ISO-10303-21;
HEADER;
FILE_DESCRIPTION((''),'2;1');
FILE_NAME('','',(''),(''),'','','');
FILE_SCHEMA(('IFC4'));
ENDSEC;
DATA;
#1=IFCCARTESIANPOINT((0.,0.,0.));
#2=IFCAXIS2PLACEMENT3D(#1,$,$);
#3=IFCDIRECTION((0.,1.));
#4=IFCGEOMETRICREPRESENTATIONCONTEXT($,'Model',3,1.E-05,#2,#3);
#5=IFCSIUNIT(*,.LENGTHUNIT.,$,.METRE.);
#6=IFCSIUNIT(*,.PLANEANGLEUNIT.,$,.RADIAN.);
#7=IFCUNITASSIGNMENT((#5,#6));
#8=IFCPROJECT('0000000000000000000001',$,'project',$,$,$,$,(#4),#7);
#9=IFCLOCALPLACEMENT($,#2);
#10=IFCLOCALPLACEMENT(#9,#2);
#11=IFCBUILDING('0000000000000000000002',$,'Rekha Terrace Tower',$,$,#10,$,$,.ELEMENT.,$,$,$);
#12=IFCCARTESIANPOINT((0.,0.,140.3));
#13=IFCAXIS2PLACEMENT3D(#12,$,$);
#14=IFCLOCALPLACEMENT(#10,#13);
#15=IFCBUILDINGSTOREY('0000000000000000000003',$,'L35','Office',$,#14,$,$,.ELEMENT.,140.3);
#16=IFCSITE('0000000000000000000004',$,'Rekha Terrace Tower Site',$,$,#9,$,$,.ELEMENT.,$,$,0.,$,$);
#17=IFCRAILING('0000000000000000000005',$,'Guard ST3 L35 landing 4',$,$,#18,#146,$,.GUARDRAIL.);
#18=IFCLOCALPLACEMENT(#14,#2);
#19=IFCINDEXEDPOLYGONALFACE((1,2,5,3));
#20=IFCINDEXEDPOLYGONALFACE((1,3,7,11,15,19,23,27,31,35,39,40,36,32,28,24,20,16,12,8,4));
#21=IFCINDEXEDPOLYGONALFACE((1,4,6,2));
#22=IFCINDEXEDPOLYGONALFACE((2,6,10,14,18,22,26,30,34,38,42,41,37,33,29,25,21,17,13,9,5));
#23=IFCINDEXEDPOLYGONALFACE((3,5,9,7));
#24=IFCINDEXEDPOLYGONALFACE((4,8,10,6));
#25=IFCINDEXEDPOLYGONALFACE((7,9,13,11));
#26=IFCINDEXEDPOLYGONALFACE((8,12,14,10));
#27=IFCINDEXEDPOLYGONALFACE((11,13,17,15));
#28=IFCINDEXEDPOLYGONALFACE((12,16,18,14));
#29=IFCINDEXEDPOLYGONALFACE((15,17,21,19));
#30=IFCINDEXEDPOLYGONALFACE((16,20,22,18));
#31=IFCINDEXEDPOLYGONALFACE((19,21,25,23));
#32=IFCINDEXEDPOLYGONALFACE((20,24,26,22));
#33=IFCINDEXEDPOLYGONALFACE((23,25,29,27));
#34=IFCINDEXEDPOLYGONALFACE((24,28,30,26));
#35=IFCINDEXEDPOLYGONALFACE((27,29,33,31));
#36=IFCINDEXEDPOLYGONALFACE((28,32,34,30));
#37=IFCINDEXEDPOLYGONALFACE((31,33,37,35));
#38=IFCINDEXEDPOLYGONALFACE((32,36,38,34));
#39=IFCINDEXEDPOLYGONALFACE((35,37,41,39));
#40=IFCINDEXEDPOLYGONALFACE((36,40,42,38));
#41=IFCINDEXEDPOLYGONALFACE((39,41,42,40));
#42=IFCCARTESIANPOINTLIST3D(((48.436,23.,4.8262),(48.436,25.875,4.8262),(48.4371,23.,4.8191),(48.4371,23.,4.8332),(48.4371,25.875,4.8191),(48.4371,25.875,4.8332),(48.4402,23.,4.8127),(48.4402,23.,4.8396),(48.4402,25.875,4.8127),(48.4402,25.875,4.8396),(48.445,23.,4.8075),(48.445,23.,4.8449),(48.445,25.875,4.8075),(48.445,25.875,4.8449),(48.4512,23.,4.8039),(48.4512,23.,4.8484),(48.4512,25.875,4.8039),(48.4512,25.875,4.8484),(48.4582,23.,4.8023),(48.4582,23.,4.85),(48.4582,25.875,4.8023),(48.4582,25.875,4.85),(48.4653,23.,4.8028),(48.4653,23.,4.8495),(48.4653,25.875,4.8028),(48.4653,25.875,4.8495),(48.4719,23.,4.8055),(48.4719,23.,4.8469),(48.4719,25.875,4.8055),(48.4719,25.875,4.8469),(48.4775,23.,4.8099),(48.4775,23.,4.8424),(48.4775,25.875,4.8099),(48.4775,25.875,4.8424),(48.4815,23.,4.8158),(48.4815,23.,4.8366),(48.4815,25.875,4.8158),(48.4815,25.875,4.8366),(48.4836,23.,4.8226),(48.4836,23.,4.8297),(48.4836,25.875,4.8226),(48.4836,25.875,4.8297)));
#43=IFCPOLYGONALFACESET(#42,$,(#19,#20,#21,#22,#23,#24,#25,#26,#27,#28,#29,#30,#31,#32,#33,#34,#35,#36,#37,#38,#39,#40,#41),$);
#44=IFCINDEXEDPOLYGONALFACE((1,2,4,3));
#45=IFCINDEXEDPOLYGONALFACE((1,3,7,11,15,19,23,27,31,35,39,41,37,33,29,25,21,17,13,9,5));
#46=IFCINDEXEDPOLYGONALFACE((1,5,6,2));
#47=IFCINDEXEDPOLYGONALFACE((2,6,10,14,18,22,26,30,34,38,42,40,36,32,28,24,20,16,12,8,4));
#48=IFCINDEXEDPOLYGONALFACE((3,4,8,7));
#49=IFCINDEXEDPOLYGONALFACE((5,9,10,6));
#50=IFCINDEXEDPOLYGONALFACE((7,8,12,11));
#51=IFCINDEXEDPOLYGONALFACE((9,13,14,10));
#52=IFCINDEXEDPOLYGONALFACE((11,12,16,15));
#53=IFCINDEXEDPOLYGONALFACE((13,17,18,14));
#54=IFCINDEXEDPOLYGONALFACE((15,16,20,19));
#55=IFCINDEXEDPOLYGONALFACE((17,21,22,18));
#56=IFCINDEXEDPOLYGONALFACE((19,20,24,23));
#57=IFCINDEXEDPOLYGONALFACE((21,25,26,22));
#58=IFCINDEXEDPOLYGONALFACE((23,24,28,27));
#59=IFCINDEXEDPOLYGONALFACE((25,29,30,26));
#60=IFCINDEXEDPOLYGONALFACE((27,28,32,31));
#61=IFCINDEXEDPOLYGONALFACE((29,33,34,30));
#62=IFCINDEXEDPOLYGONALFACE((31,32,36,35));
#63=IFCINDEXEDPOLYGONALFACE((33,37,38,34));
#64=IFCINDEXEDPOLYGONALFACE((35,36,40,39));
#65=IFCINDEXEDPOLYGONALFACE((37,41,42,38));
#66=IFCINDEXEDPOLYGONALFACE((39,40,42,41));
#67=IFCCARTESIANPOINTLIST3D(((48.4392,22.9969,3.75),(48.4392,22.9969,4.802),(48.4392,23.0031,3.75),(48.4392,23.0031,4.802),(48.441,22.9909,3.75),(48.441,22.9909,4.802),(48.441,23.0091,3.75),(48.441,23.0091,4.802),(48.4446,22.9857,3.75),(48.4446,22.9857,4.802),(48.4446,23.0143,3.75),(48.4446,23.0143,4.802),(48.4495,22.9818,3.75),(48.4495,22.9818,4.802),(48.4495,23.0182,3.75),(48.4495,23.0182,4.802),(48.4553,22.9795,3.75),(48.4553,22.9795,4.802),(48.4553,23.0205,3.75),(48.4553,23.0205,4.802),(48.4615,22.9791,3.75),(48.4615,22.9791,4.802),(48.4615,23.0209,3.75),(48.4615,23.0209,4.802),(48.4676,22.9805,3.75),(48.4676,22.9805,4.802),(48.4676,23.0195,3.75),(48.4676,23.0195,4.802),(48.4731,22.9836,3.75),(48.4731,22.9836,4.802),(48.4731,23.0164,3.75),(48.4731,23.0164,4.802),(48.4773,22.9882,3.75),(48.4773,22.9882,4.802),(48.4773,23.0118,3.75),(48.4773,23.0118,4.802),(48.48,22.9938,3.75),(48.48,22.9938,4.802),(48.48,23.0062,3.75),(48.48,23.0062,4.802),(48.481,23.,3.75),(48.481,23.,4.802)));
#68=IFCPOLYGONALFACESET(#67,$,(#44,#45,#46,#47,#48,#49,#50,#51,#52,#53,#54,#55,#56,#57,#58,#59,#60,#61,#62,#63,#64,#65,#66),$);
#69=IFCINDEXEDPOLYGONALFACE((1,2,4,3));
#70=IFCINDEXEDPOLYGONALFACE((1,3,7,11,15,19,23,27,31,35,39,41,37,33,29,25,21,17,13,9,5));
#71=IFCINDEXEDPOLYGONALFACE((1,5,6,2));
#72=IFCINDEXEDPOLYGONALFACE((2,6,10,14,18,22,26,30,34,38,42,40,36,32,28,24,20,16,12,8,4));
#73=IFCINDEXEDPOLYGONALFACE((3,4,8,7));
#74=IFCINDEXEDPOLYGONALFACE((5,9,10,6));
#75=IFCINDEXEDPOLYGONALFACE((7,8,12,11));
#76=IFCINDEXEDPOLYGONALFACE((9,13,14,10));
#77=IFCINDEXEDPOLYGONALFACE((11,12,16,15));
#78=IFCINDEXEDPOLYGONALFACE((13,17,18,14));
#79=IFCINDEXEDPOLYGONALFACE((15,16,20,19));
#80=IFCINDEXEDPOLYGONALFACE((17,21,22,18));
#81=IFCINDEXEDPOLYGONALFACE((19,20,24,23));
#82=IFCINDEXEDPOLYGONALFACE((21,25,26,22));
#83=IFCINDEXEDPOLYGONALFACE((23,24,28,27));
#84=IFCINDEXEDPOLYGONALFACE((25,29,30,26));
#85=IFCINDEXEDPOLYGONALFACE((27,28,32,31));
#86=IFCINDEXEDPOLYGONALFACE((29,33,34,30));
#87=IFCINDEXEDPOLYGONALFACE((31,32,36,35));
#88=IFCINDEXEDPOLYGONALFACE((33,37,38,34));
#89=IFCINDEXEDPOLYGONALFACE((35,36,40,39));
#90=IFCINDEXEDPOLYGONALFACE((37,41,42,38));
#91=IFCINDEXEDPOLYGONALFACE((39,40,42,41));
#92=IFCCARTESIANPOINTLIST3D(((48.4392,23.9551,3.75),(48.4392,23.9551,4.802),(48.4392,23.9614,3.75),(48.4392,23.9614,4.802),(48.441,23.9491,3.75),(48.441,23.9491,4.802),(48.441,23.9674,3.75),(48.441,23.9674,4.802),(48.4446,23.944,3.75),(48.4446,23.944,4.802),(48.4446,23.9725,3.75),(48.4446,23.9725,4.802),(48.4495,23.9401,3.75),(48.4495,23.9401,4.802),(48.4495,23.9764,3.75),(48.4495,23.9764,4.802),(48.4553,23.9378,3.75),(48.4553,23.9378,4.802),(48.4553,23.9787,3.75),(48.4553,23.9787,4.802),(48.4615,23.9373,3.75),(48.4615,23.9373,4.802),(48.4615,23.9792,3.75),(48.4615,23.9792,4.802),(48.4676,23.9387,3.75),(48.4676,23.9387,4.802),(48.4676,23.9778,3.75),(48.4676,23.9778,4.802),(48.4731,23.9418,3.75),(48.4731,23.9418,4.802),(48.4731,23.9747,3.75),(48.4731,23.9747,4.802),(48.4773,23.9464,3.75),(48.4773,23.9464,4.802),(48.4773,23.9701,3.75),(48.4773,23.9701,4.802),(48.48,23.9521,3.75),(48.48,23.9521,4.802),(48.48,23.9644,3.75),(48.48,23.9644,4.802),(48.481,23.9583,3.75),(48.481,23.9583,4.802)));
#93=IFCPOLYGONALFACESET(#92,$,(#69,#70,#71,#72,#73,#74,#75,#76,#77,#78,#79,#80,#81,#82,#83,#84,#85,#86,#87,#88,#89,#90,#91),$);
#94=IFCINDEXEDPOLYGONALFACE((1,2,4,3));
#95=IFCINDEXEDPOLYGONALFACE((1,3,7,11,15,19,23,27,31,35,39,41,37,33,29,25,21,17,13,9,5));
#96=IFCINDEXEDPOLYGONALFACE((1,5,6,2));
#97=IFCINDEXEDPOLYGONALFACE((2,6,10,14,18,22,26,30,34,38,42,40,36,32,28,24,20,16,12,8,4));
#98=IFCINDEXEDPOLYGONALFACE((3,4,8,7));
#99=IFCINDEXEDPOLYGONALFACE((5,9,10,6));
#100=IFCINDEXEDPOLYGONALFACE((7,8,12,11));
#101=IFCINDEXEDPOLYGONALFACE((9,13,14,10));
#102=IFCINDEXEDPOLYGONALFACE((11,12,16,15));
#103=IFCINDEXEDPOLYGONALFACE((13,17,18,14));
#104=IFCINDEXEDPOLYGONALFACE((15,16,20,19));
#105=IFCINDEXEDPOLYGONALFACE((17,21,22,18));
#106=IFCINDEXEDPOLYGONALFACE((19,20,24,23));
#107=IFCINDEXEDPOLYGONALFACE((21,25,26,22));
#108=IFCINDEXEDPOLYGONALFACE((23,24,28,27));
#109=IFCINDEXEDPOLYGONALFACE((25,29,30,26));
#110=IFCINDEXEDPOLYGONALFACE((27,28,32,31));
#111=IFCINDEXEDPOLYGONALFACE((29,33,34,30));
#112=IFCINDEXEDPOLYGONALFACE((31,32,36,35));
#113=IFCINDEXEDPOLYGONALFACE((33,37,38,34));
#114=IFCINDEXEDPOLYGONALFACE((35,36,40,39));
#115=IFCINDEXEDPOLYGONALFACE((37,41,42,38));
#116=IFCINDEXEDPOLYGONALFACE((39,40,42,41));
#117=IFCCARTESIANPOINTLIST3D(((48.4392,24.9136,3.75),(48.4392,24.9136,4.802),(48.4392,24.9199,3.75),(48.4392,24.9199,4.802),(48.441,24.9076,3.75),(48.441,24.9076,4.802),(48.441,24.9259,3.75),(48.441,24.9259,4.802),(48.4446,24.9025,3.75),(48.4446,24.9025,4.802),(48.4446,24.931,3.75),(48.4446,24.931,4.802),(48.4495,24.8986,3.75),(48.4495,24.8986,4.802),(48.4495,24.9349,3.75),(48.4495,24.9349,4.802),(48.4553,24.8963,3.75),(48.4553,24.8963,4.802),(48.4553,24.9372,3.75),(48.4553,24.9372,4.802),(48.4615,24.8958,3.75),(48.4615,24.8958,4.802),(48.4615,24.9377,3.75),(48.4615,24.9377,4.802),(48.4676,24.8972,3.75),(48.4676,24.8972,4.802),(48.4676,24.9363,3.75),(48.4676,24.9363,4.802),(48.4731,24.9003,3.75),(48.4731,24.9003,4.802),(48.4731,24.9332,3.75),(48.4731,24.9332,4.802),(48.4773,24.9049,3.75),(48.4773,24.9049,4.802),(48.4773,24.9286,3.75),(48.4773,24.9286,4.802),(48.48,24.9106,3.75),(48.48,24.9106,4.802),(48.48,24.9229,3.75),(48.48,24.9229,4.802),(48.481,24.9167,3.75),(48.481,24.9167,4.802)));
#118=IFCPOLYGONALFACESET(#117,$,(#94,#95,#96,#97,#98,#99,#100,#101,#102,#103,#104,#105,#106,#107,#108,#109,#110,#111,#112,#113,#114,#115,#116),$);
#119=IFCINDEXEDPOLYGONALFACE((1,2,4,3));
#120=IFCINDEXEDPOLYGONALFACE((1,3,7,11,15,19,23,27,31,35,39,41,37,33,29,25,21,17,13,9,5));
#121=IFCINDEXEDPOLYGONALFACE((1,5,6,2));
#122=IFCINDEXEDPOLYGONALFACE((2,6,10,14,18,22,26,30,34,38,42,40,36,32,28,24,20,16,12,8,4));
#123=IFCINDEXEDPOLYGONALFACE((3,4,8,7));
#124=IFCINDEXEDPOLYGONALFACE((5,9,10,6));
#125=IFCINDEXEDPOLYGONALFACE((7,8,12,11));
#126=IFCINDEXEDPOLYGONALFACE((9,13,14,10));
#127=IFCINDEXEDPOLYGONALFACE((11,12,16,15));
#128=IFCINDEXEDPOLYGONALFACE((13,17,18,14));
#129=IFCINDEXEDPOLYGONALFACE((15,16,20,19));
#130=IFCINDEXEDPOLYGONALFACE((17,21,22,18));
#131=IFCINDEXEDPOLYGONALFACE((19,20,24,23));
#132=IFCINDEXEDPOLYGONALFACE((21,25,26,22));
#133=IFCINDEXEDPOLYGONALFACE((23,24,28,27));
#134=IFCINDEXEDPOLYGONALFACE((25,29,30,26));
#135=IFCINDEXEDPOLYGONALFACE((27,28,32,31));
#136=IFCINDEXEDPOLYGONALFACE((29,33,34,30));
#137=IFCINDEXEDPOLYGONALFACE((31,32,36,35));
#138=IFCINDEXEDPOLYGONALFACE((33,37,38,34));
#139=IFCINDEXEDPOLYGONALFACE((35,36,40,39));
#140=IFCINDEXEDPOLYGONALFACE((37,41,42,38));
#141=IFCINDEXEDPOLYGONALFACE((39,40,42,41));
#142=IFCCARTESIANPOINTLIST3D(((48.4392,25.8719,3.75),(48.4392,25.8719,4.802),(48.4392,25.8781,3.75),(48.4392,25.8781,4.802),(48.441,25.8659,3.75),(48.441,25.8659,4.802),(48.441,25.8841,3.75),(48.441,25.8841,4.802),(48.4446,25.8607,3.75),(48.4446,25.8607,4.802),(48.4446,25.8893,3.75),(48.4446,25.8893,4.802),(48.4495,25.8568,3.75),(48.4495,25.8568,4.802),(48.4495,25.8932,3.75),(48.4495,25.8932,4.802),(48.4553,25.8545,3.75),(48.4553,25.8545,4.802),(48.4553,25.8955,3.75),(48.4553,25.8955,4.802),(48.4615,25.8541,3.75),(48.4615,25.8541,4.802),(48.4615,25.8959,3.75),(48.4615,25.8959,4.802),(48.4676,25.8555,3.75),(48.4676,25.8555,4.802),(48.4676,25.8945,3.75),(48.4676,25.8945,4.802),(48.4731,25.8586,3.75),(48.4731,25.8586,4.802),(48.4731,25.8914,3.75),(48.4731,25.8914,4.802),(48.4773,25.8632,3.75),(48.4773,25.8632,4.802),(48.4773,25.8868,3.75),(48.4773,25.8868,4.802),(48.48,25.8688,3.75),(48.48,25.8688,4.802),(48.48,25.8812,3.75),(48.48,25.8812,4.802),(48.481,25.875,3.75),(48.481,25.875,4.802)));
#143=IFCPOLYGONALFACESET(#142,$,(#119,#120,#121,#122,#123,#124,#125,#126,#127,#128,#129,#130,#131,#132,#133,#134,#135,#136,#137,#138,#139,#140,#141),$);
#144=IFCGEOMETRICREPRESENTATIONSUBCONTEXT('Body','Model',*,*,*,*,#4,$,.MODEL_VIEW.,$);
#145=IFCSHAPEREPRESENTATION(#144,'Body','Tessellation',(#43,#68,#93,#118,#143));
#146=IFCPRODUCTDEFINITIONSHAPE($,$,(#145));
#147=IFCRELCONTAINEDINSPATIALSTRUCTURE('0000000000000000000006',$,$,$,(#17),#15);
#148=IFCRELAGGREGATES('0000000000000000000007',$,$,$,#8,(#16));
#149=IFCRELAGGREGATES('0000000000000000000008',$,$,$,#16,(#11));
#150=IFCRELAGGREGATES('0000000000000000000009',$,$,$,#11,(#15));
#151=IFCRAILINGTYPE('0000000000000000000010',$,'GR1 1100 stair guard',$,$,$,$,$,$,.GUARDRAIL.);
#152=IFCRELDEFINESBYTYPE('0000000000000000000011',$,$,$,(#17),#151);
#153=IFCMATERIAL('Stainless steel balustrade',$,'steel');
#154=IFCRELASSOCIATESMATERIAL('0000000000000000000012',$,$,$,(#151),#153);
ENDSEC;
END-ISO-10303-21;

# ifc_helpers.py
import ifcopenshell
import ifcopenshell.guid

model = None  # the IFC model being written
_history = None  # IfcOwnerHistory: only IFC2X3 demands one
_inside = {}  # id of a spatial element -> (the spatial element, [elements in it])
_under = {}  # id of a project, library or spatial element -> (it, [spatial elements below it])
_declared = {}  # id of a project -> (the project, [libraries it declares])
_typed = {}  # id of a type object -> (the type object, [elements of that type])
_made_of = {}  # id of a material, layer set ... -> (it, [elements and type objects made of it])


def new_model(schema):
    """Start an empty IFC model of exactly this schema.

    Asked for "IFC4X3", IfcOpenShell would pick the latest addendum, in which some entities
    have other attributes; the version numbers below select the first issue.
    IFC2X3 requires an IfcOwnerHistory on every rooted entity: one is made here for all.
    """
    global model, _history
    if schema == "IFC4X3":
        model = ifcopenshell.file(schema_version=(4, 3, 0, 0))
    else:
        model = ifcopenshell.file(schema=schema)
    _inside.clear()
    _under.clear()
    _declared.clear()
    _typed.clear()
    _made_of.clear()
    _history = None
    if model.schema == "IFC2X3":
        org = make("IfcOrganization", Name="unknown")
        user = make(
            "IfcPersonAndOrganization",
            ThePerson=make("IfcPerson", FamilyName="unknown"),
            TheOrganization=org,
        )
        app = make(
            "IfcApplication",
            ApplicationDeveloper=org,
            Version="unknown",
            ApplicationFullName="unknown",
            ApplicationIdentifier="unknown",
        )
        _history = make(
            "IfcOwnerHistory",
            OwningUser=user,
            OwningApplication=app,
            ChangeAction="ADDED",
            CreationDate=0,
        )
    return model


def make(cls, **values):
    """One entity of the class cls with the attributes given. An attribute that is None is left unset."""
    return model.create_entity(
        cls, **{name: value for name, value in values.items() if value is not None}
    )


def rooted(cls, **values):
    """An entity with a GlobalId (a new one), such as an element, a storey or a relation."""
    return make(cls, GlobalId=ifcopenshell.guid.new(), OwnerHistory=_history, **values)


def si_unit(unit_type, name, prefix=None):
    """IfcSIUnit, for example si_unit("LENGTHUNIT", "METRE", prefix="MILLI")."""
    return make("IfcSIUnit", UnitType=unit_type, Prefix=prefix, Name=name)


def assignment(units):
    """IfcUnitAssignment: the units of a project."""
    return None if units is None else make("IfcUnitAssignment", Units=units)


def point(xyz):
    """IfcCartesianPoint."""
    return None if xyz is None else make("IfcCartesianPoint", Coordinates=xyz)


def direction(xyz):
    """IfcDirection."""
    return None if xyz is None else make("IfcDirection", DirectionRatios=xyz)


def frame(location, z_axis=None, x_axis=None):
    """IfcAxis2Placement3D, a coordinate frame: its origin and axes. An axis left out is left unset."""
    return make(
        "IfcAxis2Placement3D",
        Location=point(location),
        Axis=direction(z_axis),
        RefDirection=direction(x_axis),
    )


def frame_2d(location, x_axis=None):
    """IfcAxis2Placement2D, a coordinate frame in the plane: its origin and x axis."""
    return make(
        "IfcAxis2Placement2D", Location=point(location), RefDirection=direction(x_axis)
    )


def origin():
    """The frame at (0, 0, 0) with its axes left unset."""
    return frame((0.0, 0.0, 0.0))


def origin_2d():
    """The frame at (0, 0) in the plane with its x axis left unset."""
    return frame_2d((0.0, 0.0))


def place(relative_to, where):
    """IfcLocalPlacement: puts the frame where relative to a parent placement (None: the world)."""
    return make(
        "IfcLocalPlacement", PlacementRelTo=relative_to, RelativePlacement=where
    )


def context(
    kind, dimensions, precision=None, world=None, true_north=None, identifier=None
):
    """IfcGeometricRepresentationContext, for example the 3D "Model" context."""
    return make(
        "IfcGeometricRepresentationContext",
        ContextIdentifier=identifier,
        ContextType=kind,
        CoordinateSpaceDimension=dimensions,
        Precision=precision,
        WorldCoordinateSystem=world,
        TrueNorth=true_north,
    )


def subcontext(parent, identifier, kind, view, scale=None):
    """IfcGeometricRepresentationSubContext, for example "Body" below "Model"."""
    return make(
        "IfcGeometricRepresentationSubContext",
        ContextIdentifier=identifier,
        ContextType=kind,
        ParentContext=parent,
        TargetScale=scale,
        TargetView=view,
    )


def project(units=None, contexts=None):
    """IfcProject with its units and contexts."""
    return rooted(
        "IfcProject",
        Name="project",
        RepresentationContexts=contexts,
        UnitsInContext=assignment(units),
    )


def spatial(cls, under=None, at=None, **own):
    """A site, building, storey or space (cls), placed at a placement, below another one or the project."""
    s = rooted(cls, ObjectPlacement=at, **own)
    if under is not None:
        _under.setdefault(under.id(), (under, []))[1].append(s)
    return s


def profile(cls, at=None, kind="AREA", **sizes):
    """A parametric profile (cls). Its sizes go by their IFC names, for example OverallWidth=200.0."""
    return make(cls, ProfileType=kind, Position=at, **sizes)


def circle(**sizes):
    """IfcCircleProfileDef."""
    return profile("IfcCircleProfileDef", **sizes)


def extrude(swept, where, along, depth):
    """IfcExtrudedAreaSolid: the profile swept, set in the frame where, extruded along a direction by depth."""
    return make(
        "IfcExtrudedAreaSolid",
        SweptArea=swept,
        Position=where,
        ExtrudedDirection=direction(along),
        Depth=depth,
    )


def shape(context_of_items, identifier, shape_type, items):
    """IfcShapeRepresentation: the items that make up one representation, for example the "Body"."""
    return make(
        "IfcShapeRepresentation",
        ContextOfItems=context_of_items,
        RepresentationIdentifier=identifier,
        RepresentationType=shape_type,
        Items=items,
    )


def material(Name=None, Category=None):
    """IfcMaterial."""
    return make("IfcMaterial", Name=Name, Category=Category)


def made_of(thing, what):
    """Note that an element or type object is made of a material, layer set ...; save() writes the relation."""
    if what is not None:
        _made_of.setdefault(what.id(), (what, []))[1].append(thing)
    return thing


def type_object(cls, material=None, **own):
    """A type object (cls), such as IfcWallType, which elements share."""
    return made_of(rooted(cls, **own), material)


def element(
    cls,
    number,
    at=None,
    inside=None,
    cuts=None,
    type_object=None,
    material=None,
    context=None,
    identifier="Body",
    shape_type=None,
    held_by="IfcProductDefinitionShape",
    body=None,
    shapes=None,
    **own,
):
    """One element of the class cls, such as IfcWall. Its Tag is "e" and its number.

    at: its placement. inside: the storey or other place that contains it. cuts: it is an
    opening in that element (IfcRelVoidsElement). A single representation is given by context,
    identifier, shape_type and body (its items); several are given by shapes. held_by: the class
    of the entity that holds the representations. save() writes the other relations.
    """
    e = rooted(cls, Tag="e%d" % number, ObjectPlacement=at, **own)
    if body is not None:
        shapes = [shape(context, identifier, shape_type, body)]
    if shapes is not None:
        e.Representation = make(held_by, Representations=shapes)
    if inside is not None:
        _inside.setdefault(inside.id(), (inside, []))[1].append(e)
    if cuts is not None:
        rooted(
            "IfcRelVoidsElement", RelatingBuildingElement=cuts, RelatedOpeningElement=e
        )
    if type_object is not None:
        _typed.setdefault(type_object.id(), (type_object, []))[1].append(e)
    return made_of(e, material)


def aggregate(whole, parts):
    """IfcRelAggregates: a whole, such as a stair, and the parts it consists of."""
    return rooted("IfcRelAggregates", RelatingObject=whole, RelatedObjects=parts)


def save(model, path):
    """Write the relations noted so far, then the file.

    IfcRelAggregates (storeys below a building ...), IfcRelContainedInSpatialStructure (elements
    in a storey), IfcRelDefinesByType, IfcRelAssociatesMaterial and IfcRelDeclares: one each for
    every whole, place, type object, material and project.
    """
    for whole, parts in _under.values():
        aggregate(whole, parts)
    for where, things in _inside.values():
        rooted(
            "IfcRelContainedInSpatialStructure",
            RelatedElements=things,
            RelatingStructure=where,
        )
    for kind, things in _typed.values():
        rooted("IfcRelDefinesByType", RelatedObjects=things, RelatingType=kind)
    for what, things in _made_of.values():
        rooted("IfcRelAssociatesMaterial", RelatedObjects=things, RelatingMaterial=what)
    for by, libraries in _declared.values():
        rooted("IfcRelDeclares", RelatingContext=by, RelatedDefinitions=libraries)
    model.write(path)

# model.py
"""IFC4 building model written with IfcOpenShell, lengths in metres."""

from ifc_helpers import new_model, si_unit, direction, frame, origin, origin_2d, place, context, subcontext, project, spatial, circle, extrude, material, type_object, element, save


model = new_model("IFC4")

# Units and contexts
model_context = context("Model", 3, precision=1e-05, world=origin(), true_north=direction((0.0, 1.0)))
body_context = subcontext(model_context, "Body", "Model", "MODEL_VIEW")
ifc_project = project(units=[si_unit("LENGTHUNIT", "METRE"), si_unit("PLANEANGLEUNIT", "RADIAN")], contexts=[model_context])

# Site, building, storey
site_placement = place(None, origin())
site = spatial("IfcSite", under=ifc_project, at=site_placement, Name="Rekha Terrace Tower Site", CompositionType="ELEMENT", RefElevation=0.0)
building_placement = place(site_placement, origin())
building = spatial("IfcBuilding", under=site, at=building_placement, Name="Rekha Terrace Tower", CompositionType="ELEMENT")
storey_placement = place(building_placement, frame((0.0, 0.0, 140.3)))
storey = spatial("IfcBuildingStorey", under=building, at=storey_placement, Name="L35", Description="Office", CompositionType="ELEMENT", Elevation=140.3)

# Railing
ifc_material_1 = material(Name="Stainless steel balustrade", Category="steel")
railing_type = type_object("IfcRailingType", Name="GR1 1100 stair guard", PredefinedType="GUARDRAIL", material=ifc_material_1)
railing_1_placement = place(storey_placement, frame((48.46, 23.0, 3.75)))
element("IfcRailing", 1, at=railing_1_placement, inside=storey, type_object=railing_type, Name="Guard ST3 L35 landing 4", PredefinedType="GUARDRAIL", context=body_context, shape_type="SweptSolid", body=[
    extrude(circle(Radius=0.0239, at=origin_2d()), frame((0.0, 0.0, 1.0762), z_axis=(0.0, 1.0, 0.0), x_axis=(-1.0, 0.0, 0.0)), (0.0, 0.0, 1.0), 2.875),
    extrude(circle(Radius=0.021, at=origin_2d()), origin(), (0.0, 0.0, 1.0), 1.052),
    extrude(circle(Radius=0.021, at=origin_2d()), frame((0.0, 0.9583, 0.0)), (0.0, 0.0, 1.0), 1.052),
    extrude(circle(Radius=0.021, at=origin_2d()), frame((0.0, 1.9167, 0.0)), (0.0, 0.0, 1.0), 1.052),
    extrude(circle(Radius=0.021, at=origin_2d()), frame((0.0, 2.875, 0.0)), (0.0, 0.0, 1.0), 1.052),
])

save(model, "model.ifc")
